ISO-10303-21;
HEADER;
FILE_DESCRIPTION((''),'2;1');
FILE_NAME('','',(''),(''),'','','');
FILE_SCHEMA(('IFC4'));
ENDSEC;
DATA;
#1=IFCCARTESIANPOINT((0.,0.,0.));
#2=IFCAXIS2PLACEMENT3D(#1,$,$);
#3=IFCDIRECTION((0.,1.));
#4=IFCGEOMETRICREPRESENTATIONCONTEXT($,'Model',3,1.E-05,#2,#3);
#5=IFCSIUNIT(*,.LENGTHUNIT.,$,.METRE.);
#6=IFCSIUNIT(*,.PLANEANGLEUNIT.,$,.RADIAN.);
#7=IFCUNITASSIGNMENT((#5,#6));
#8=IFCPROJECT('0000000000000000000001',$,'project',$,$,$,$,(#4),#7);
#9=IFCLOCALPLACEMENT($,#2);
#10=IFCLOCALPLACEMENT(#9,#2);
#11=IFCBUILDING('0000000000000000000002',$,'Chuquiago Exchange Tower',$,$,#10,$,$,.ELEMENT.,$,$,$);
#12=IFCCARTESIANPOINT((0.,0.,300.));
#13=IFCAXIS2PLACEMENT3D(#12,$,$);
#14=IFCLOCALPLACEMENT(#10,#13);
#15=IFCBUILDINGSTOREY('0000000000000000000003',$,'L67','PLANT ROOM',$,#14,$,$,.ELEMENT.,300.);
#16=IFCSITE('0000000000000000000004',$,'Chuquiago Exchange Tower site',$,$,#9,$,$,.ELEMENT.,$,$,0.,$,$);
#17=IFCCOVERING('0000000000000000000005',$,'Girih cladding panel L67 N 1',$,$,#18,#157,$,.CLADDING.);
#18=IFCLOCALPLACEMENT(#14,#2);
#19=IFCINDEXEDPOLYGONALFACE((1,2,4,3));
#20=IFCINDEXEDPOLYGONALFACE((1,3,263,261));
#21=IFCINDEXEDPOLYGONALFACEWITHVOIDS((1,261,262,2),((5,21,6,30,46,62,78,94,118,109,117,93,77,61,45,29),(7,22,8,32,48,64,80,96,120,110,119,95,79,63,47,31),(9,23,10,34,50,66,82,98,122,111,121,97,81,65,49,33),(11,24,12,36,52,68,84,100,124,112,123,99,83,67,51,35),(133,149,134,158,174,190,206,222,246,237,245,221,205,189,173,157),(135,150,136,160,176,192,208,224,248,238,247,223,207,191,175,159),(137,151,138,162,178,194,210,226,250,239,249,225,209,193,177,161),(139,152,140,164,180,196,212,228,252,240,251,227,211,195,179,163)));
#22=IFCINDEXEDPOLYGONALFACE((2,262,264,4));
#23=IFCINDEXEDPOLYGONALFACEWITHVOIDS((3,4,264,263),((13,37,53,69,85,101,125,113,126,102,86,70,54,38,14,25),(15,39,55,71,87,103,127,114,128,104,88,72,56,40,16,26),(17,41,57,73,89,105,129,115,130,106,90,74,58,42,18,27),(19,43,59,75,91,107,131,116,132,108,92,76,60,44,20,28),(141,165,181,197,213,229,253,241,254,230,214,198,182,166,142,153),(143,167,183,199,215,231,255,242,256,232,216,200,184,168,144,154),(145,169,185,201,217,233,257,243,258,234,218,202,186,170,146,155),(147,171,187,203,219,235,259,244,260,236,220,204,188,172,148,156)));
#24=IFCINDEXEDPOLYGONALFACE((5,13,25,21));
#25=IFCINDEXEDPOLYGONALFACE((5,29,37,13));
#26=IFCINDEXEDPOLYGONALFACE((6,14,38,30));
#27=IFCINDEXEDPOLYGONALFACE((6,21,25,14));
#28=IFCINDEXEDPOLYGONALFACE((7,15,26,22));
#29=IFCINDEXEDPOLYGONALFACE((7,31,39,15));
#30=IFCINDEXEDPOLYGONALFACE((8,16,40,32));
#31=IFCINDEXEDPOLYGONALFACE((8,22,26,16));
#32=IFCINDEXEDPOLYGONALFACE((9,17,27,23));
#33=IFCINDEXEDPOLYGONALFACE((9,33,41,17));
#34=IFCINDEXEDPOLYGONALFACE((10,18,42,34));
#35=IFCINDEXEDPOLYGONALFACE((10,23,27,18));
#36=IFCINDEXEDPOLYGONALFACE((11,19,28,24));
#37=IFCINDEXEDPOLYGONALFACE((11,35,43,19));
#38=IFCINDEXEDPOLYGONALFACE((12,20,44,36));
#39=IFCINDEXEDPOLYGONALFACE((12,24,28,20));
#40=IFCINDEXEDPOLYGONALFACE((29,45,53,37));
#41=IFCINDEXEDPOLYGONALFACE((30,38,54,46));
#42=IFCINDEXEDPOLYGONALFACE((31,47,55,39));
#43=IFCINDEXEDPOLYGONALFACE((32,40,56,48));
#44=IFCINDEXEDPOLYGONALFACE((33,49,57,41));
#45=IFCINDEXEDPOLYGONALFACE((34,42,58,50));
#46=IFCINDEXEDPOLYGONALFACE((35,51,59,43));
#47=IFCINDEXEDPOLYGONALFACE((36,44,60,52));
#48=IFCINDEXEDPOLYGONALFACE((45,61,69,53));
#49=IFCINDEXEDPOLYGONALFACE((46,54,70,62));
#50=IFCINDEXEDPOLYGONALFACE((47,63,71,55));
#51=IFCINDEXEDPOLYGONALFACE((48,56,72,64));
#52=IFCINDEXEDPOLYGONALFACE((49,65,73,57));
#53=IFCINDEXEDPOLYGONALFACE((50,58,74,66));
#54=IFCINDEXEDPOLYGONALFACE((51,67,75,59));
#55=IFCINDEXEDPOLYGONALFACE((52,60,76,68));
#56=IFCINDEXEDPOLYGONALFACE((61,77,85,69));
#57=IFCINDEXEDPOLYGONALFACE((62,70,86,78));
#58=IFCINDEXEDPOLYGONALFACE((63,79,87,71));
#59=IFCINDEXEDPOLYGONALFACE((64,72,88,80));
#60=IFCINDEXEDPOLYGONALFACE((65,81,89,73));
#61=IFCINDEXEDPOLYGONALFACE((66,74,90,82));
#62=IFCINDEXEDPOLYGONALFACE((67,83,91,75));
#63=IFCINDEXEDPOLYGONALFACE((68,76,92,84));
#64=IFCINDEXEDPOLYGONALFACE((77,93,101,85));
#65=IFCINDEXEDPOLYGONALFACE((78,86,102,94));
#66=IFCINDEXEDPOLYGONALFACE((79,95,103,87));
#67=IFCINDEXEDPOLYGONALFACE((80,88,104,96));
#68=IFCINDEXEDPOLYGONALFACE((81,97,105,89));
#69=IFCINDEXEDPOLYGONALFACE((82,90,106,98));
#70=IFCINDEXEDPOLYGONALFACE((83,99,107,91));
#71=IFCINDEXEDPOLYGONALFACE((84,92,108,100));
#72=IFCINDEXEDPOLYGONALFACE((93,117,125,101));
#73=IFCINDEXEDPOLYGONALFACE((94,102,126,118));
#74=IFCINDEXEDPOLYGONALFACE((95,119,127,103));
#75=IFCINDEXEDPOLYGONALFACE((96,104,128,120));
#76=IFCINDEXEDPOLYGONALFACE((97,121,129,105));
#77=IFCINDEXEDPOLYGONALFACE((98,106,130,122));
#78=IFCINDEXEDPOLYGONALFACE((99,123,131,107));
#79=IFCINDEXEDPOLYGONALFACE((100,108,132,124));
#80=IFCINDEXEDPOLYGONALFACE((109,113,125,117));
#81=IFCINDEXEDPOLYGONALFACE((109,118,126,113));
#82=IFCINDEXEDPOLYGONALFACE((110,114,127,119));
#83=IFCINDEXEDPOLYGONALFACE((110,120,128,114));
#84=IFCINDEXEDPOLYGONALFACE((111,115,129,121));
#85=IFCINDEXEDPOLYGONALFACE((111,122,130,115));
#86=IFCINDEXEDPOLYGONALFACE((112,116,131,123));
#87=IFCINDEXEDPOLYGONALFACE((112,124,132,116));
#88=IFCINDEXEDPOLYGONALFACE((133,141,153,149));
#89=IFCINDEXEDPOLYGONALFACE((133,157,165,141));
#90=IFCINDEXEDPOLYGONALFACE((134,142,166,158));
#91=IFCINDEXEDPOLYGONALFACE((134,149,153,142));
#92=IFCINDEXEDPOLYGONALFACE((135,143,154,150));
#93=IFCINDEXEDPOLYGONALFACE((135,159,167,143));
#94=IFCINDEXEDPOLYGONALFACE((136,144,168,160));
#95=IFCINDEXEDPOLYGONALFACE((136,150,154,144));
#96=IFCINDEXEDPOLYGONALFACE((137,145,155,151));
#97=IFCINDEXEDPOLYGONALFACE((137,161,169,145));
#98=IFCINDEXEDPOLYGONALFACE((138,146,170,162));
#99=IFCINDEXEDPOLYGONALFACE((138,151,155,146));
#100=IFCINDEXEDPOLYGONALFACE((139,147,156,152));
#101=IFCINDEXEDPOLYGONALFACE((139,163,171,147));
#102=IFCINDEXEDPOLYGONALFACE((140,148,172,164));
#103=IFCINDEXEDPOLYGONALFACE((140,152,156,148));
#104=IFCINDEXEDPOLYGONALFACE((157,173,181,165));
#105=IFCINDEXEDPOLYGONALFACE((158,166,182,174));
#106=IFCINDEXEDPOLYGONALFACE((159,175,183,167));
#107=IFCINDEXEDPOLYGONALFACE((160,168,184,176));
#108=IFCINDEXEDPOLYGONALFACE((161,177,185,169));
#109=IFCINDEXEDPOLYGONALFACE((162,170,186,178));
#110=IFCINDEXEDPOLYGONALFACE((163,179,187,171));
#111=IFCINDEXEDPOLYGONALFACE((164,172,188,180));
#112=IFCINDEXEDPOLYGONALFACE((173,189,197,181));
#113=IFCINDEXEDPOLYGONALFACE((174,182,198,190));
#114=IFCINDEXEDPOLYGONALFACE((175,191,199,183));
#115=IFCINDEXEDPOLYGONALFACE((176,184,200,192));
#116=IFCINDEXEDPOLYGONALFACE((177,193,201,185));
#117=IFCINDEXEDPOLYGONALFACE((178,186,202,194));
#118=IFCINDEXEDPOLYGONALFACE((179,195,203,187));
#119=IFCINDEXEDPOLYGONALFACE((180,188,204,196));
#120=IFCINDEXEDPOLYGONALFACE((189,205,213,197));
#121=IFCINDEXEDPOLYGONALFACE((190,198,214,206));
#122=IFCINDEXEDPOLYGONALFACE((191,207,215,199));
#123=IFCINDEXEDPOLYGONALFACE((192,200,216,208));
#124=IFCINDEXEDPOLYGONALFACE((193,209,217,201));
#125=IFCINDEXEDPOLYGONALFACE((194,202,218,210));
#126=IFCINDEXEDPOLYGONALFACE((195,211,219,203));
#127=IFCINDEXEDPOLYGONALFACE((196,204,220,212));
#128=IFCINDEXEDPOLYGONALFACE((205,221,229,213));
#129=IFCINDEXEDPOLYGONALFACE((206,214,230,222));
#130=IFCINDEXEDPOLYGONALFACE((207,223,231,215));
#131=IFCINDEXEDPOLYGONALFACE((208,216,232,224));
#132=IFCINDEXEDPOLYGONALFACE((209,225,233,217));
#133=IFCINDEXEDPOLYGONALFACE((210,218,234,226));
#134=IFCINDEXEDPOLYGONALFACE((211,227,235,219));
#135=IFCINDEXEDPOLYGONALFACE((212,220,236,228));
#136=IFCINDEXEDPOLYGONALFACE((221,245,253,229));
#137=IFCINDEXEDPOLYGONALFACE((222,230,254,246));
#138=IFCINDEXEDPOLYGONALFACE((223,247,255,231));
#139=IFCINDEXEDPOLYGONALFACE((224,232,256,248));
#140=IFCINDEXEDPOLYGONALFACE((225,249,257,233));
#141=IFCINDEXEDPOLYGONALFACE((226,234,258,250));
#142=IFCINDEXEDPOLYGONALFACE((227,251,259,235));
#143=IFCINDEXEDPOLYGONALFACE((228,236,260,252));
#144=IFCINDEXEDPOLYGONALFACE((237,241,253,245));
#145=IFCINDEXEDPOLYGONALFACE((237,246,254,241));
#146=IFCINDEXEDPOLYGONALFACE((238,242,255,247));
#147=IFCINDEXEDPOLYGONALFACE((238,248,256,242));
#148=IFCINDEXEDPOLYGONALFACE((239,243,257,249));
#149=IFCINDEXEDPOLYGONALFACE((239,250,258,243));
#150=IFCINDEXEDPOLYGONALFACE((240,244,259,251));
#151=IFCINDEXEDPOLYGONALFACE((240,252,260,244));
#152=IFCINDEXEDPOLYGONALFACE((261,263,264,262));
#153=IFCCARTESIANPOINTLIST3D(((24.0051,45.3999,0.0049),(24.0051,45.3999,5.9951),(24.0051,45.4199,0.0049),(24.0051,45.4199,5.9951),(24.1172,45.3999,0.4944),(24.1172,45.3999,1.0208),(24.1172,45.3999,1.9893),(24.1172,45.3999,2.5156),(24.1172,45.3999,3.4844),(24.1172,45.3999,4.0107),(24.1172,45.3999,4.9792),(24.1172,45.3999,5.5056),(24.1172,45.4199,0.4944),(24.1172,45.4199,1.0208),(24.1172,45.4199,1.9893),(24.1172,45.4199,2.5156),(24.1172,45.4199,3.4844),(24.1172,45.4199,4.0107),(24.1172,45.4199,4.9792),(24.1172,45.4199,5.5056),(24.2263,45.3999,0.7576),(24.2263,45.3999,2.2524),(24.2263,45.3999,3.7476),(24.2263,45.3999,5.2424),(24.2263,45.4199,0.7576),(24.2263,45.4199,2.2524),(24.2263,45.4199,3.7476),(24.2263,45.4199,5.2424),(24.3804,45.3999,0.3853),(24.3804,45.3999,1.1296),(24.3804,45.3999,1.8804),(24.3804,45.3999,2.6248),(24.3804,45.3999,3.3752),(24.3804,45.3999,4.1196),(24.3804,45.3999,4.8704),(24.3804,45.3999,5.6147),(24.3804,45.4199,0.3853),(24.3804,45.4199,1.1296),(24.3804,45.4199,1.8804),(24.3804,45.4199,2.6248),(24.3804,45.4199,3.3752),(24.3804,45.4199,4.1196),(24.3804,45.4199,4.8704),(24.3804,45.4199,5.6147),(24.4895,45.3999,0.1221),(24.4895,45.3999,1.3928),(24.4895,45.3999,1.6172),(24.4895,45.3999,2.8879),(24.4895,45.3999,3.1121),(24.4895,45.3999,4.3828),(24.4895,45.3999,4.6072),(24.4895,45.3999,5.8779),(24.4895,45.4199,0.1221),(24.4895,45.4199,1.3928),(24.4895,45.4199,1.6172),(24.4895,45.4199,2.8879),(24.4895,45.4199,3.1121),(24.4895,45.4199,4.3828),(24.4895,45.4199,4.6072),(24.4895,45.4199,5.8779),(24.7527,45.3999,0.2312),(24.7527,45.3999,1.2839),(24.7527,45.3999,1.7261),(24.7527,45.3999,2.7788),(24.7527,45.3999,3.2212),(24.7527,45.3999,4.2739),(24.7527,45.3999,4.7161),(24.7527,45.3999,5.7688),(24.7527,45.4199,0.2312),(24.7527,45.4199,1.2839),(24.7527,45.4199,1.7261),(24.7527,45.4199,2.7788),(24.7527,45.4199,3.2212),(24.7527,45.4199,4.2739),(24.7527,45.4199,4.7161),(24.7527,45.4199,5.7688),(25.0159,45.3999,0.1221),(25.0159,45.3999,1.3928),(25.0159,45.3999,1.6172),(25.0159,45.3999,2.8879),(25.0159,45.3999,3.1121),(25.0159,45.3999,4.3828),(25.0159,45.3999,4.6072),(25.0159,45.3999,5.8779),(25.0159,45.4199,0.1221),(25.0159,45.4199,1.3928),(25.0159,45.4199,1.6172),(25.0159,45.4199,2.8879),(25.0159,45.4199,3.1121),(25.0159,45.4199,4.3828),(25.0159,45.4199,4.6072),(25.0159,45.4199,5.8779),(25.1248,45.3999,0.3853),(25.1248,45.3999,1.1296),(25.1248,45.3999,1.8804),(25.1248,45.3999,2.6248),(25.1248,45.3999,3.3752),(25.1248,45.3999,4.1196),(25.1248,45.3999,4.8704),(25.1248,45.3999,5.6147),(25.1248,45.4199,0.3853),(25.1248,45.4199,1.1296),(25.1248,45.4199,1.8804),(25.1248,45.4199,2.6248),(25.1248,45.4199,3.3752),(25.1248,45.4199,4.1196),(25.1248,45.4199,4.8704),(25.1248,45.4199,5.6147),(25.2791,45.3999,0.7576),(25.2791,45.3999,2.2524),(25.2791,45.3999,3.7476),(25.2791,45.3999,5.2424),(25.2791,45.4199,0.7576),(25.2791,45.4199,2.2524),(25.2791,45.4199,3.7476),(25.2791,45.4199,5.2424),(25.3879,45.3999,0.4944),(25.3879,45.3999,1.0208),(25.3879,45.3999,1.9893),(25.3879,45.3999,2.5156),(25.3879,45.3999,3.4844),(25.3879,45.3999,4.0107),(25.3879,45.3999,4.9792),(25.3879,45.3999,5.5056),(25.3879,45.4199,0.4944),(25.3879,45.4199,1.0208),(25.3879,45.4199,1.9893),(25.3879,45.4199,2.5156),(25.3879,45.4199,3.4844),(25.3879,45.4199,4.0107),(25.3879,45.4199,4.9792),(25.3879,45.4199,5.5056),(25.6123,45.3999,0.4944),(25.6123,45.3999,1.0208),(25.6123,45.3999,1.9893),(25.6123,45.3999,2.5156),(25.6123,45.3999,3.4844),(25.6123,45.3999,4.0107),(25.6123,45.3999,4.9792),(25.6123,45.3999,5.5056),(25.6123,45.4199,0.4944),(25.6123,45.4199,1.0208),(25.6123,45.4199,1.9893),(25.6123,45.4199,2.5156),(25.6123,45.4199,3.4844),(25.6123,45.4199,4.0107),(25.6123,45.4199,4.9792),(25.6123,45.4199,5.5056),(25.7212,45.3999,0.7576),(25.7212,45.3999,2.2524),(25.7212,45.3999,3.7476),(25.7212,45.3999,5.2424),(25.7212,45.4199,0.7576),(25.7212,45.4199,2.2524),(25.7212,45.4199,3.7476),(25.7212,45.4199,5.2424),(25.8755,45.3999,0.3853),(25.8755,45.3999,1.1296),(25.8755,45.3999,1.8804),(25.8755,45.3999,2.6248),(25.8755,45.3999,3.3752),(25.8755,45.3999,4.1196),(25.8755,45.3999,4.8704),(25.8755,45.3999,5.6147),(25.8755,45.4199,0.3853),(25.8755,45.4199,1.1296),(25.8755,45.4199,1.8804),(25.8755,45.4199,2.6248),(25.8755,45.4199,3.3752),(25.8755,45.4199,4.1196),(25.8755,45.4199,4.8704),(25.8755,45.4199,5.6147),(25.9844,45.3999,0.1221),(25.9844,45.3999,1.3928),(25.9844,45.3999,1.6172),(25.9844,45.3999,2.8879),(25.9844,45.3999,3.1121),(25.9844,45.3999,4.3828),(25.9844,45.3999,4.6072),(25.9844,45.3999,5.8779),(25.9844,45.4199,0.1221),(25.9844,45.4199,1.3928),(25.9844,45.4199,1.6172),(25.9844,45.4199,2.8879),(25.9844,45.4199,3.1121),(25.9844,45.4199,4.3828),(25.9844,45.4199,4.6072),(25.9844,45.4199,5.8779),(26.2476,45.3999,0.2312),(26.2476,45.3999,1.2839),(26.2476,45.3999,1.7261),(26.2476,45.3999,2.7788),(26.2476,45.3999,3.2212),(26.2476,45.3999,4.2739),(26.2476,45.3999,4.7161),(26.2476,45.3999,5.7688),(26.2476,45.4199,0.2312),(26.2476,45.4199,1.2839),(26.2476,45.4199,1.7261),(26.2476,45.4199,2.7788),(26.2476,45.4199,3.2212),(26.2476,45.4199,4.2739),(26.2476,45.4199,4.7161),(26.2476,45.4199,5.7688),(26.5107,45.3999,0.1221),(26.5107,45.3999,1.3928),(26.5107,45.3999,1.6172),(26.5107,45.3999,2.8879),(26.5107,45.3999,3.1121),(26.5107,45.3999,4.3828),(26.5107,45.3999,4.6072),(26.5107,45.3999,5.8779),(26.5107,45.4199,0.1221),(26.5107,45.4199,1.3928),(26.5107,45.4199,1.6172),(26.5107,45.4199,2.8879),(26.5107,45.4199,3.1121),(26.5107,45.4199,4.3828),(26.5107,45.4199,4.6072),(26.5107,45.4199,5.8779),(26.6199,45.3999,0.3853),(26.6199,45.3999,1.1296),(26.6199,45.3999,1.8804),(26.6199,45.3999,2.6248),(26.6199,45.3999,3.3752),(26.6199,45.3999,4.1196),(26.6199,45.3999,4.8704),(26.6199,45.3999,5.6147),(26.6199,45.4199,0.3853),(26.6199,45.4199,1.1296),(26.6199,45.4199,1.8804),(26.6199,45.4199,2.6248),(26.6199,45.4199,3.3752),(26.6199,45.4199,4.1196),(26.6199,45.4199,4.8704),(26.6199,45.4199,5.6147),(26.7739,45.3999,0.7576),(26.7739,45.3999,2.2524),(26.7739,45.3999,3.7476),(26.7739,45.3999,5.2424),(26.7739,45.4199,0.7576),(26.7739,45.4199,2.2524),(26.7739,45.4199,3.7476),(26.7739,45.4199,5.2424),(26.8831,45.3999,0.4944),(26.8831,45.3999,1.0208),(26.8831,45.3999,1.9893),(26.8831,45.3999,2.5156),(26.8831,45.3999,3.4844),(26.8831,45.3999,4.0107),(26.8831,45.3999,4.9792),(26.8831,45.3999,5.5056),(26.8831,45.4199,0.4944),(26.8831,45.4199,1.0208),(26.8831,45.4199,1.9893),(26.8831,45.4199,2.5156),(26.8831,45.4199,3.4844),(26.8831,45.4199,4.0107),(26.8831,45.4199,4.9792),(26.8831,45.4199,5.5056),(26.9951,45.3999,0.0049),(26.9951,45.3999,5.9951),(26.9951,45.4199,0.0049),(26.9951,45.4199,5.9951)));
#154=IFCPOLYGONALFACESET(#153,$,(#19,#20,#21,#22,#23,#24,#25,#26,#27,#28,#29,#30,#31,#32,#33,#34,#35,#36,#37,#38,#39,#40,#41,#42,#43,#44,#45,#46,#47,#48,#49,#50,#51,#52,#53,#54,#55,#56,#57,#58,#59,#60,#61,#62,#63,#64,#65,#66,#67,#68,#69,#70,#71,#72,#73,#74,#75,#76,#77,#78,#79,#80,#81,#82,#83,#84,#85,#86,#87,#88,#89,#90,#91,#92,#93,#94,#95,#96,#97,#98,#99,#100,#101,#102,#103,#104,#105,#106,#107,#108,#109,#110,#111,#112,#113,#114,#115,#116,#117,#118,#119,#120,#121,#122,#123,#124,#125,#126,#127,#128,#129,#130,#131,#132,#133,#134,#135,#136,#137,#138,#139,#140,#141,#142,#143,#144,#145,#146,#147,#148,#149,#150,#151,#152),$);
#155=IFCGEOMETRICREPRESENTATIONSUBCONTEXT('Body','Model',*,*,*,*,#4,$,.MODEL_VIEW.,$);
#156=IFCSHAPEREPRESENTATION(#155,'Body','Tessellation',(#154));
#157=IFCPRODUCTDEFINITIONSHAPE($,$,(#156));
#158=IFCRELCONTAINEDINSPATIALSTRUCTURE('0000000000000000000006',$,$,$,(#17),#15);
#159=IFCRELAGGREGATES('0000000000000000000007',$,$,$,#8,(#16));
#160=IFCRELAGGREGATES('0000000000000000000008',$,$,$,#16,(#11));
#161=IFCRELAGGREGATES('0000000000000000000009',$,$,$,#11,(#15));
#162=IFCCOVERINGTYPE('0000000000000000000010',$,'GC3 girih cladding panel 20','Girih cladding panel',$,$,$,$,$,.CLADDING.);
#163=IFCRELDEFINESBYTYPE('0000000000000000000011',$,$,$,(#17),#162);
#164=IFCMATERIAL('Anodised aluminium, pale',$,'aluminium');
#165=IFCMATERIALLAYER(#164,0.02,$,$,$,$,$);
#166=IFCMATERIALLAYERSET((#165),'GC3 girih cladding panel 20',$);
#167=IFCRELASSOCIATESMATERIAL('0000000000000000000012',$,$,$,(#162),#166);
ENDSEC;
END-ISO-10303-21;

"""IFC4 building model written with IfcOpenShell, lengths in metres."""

from ifc_helpers import new_model, si_unit, direction, frame, origin, place, context, subcontext, project, spatial, polyline, outline, extrude, material, layer, layer_set, type_object, element, save


model = new_model("IFC4")

# Units and contexts
model_context = context("Model", 3, precision=1e-05, world=origin(), true_north=direction((0.0, 1.0)))
body_context = subcontext(model_context, "Body", "Model", "MODEL_VIEW")
ifc_project = project(units=[si_unit("LENGTHUNIT", "METRE"), si_unit("PLANEANGLEUNIT", "RADIAN")], contexts=[model_context])

# Site, building, storey
site_placement = place(None, origin())
site = spatial("IfcSite", under=ifc_project, at=site_placement, Name="Chuquiago Exchange Tower site", CompositionType="ELEMENT", RefElevation=0.0)
building_placement = place(site_placement, origin())
building = spatial("IfcBuilding", under=site, at=building_placement, Name="Chuquiago Exchange Tower", CompositionType="ELEMENT")
storey_placement = place(building_placement, frame((0.0, 0.0, 300.0)))
storey = spatial("IfcBuildingStorey", under=building, at=storey_placement, Name="L67", Description="PLANT ROOM", CompositionType="ELEMENT", Elevation=300.0)

# Covering
ifc_material_1 = material(Name="Anodised aluminium, pale", Category="aluminium")
ifc_layer_1 = layer(ifc_material_1, 0.02)
ifc_layer_set_1 = layer_set([ifc_layer_1], Name="GC3 girih cladding panel 20")
covering_type_1 = type_object("IfcCoveringType", Name="GC3 girih cladding panel 20", Description="Girih cladding panel", PredefinedType="CLADDING", material=ifc_layer_set_1)
covering_1_placement = place(storey_placement, frame((26.9951, 45.3999, 0.0049), z_axis=(0.0, 0.0, 1.0), x_axis=(-1.0, 0.0, 0.0)))
element("IfcCovering", 1, at=covering_1_placement, inside=storey, type_object=covering_type_1, Name="Girih cladding panel L67 N 1", PredefinedType="CLADDING", context=body_context, shape_type="SweptSolid", body=[
    extrude(outline(polyline([(0.0, 0.0), (2.99, 0.0), (2.99, 5.9902), (0.0, 5.9902), (0.0, 0.0)]), holes=[polyline([(1.2739, 0.7527), (1.3828, 1.0159), (1.1196, 1.1248), (1.0107, 1.3879), (0.7476, 1.2791), (0.4844, 1.3879), (0.3752, 1.1248), (0.1121, 1.0159), (0.2212, 0.7527), (0.1121, 0.4895), (0.3752, 0.3804), (0.4844, 0.1172), (0.7476, 0.2263), (1.0107, 0.1172), (1.1196, 0.3804), (1.3828, 0.4895), (1.2739, 0.7527)]), polyline([(2.7688, 0.7527), (2.8779, 1.0159), (2.6147, 1.1248), (2.5056, 1.3879), (2.2424, 1.2791), (1.9792, 1.3879), (1.8704, 1.1248), (1.6072, 1.0159), (1.7161, 0.7527), (1.6072, 0.4895), (1.8704, 0.3804), (1.9792, 0.1172), (2.2424, 0.2263), (2.5056, 0.1172), (2.6147, 0.3804), (2.8779, 0.4895), (2.7688, 0.7527)]), polyline([(1.2739, 2.2476), (1.3828, 2.5107), (1.1196, 2.6199), (1.0107, 2.8831), (0.7476, 2.7739), (0.4844, 2.8831), (0.3752, 2.6199), (0.1121, 2.5107), (0.2212, 2.2476), (0.1121, 1.9844), (0.3752, 1.8755), (0.4844, 1.6123), (0.7476, 1.7212), (1.0107, 1.6123), (1.1196, 1.8755), (1.3828, 1.9844), (1.2739, 2.2476)]), polyline([(2.7688, 2.2476), (2.8779, 2.5107), (2.6147, 2.6199), (2.5056, 2.8831), (2.2424, 2.7739), (1.9792, 2.8831), (1.8704, 2.6199), (1.6072, 2.5107), (1.7161, 2.2476), (1.6072, 1.9844), (1.8704, 1.8755), (1.9792, 1.6123), (2.2424, 1.7212), (2.5056, 1.6123), (2.6147, 1.8755), (2.8779, 1.9844), (2.7688, 2.2476)]), polyline([(1.2739, 3.7427), (1.3828, 4.0059), (1.1196, 4.1147), (1.0107, 4.3779), (0.7476, 4.269), (0.4844, 4.3779), (0.3752, 4.1147), (0.1121, 4.0059), (0.2212, 3.7427), (0.1121, 3.4795), (0.3752, 3.3704), (0.4844, 3.1072), (0.7476, 3.2163), (1.0107, 3.1072), (1.1196, 3.3704), (1.3828, 3.4795), (1.2739, 3.7427)]), polyline([(2.7688, 3.7427), (2.8779, 4.0059), (2.6147, 4.1147), (2.5056, 4.3779), (2.2424, 4.269), (1.9792, 4.3779), (1.8704, 4.1147), (1.6072, 4.0059), (1.7161, 3.7427), (1.6072, 3.4795), (1.8704, 3.3704), (1.9792, 3.1072), (2.2424, 3.2163), (2.5056, 3.1072), (2.6147, 3.3704), (2.8779, 3.4795), (2.7688, 3.7427)]), polyline([(1.2739, 5.2375), (1.3828, 5.5007), (1.1196, 5.6099), (1.0107, 5.873), (0.7476, 5.7639), (0.4844, 5.873), (0.3752, 5.6099), (0.1121, 5.5007), (0.2212, 5.2375), (0.1121, 4.9744), (0.3752, 4.8655), (0.4844, 4.6023), (0.7476, 4.7112), (1.0107, 4.6023), (1.1196, 4.8655), (1.3828, 4.9744), (1.2739, 5.2375)]), polyline([(2.7688, 5.2375), (2.8779, 5.5007), (2.6147, 5.6099), (2.5056, 5.873), (2.2424, 5.7639), (1.9792, 5.873), (1.8704, 5.6099), (1.6072, 5.5007), (1.7161, 5.2375), (1.6072, 4.9744), (1.8704, 4.8655), (1.9792, 4.6023), (2.2424, 4.7112), (2.5056, 4.6023), (2.6147, 4.8655), (2.8779, 4.9744), (2.7688, 5.2375)])]), frame((0.0, 0.0, 0.0), z_axis=(0.0, -1.0, 0.0), x_axis=(1.0, 0.0, 0.0)), (0.0, 0.0, 1.0), 0.02),
])

save(model, "model.ifc")
